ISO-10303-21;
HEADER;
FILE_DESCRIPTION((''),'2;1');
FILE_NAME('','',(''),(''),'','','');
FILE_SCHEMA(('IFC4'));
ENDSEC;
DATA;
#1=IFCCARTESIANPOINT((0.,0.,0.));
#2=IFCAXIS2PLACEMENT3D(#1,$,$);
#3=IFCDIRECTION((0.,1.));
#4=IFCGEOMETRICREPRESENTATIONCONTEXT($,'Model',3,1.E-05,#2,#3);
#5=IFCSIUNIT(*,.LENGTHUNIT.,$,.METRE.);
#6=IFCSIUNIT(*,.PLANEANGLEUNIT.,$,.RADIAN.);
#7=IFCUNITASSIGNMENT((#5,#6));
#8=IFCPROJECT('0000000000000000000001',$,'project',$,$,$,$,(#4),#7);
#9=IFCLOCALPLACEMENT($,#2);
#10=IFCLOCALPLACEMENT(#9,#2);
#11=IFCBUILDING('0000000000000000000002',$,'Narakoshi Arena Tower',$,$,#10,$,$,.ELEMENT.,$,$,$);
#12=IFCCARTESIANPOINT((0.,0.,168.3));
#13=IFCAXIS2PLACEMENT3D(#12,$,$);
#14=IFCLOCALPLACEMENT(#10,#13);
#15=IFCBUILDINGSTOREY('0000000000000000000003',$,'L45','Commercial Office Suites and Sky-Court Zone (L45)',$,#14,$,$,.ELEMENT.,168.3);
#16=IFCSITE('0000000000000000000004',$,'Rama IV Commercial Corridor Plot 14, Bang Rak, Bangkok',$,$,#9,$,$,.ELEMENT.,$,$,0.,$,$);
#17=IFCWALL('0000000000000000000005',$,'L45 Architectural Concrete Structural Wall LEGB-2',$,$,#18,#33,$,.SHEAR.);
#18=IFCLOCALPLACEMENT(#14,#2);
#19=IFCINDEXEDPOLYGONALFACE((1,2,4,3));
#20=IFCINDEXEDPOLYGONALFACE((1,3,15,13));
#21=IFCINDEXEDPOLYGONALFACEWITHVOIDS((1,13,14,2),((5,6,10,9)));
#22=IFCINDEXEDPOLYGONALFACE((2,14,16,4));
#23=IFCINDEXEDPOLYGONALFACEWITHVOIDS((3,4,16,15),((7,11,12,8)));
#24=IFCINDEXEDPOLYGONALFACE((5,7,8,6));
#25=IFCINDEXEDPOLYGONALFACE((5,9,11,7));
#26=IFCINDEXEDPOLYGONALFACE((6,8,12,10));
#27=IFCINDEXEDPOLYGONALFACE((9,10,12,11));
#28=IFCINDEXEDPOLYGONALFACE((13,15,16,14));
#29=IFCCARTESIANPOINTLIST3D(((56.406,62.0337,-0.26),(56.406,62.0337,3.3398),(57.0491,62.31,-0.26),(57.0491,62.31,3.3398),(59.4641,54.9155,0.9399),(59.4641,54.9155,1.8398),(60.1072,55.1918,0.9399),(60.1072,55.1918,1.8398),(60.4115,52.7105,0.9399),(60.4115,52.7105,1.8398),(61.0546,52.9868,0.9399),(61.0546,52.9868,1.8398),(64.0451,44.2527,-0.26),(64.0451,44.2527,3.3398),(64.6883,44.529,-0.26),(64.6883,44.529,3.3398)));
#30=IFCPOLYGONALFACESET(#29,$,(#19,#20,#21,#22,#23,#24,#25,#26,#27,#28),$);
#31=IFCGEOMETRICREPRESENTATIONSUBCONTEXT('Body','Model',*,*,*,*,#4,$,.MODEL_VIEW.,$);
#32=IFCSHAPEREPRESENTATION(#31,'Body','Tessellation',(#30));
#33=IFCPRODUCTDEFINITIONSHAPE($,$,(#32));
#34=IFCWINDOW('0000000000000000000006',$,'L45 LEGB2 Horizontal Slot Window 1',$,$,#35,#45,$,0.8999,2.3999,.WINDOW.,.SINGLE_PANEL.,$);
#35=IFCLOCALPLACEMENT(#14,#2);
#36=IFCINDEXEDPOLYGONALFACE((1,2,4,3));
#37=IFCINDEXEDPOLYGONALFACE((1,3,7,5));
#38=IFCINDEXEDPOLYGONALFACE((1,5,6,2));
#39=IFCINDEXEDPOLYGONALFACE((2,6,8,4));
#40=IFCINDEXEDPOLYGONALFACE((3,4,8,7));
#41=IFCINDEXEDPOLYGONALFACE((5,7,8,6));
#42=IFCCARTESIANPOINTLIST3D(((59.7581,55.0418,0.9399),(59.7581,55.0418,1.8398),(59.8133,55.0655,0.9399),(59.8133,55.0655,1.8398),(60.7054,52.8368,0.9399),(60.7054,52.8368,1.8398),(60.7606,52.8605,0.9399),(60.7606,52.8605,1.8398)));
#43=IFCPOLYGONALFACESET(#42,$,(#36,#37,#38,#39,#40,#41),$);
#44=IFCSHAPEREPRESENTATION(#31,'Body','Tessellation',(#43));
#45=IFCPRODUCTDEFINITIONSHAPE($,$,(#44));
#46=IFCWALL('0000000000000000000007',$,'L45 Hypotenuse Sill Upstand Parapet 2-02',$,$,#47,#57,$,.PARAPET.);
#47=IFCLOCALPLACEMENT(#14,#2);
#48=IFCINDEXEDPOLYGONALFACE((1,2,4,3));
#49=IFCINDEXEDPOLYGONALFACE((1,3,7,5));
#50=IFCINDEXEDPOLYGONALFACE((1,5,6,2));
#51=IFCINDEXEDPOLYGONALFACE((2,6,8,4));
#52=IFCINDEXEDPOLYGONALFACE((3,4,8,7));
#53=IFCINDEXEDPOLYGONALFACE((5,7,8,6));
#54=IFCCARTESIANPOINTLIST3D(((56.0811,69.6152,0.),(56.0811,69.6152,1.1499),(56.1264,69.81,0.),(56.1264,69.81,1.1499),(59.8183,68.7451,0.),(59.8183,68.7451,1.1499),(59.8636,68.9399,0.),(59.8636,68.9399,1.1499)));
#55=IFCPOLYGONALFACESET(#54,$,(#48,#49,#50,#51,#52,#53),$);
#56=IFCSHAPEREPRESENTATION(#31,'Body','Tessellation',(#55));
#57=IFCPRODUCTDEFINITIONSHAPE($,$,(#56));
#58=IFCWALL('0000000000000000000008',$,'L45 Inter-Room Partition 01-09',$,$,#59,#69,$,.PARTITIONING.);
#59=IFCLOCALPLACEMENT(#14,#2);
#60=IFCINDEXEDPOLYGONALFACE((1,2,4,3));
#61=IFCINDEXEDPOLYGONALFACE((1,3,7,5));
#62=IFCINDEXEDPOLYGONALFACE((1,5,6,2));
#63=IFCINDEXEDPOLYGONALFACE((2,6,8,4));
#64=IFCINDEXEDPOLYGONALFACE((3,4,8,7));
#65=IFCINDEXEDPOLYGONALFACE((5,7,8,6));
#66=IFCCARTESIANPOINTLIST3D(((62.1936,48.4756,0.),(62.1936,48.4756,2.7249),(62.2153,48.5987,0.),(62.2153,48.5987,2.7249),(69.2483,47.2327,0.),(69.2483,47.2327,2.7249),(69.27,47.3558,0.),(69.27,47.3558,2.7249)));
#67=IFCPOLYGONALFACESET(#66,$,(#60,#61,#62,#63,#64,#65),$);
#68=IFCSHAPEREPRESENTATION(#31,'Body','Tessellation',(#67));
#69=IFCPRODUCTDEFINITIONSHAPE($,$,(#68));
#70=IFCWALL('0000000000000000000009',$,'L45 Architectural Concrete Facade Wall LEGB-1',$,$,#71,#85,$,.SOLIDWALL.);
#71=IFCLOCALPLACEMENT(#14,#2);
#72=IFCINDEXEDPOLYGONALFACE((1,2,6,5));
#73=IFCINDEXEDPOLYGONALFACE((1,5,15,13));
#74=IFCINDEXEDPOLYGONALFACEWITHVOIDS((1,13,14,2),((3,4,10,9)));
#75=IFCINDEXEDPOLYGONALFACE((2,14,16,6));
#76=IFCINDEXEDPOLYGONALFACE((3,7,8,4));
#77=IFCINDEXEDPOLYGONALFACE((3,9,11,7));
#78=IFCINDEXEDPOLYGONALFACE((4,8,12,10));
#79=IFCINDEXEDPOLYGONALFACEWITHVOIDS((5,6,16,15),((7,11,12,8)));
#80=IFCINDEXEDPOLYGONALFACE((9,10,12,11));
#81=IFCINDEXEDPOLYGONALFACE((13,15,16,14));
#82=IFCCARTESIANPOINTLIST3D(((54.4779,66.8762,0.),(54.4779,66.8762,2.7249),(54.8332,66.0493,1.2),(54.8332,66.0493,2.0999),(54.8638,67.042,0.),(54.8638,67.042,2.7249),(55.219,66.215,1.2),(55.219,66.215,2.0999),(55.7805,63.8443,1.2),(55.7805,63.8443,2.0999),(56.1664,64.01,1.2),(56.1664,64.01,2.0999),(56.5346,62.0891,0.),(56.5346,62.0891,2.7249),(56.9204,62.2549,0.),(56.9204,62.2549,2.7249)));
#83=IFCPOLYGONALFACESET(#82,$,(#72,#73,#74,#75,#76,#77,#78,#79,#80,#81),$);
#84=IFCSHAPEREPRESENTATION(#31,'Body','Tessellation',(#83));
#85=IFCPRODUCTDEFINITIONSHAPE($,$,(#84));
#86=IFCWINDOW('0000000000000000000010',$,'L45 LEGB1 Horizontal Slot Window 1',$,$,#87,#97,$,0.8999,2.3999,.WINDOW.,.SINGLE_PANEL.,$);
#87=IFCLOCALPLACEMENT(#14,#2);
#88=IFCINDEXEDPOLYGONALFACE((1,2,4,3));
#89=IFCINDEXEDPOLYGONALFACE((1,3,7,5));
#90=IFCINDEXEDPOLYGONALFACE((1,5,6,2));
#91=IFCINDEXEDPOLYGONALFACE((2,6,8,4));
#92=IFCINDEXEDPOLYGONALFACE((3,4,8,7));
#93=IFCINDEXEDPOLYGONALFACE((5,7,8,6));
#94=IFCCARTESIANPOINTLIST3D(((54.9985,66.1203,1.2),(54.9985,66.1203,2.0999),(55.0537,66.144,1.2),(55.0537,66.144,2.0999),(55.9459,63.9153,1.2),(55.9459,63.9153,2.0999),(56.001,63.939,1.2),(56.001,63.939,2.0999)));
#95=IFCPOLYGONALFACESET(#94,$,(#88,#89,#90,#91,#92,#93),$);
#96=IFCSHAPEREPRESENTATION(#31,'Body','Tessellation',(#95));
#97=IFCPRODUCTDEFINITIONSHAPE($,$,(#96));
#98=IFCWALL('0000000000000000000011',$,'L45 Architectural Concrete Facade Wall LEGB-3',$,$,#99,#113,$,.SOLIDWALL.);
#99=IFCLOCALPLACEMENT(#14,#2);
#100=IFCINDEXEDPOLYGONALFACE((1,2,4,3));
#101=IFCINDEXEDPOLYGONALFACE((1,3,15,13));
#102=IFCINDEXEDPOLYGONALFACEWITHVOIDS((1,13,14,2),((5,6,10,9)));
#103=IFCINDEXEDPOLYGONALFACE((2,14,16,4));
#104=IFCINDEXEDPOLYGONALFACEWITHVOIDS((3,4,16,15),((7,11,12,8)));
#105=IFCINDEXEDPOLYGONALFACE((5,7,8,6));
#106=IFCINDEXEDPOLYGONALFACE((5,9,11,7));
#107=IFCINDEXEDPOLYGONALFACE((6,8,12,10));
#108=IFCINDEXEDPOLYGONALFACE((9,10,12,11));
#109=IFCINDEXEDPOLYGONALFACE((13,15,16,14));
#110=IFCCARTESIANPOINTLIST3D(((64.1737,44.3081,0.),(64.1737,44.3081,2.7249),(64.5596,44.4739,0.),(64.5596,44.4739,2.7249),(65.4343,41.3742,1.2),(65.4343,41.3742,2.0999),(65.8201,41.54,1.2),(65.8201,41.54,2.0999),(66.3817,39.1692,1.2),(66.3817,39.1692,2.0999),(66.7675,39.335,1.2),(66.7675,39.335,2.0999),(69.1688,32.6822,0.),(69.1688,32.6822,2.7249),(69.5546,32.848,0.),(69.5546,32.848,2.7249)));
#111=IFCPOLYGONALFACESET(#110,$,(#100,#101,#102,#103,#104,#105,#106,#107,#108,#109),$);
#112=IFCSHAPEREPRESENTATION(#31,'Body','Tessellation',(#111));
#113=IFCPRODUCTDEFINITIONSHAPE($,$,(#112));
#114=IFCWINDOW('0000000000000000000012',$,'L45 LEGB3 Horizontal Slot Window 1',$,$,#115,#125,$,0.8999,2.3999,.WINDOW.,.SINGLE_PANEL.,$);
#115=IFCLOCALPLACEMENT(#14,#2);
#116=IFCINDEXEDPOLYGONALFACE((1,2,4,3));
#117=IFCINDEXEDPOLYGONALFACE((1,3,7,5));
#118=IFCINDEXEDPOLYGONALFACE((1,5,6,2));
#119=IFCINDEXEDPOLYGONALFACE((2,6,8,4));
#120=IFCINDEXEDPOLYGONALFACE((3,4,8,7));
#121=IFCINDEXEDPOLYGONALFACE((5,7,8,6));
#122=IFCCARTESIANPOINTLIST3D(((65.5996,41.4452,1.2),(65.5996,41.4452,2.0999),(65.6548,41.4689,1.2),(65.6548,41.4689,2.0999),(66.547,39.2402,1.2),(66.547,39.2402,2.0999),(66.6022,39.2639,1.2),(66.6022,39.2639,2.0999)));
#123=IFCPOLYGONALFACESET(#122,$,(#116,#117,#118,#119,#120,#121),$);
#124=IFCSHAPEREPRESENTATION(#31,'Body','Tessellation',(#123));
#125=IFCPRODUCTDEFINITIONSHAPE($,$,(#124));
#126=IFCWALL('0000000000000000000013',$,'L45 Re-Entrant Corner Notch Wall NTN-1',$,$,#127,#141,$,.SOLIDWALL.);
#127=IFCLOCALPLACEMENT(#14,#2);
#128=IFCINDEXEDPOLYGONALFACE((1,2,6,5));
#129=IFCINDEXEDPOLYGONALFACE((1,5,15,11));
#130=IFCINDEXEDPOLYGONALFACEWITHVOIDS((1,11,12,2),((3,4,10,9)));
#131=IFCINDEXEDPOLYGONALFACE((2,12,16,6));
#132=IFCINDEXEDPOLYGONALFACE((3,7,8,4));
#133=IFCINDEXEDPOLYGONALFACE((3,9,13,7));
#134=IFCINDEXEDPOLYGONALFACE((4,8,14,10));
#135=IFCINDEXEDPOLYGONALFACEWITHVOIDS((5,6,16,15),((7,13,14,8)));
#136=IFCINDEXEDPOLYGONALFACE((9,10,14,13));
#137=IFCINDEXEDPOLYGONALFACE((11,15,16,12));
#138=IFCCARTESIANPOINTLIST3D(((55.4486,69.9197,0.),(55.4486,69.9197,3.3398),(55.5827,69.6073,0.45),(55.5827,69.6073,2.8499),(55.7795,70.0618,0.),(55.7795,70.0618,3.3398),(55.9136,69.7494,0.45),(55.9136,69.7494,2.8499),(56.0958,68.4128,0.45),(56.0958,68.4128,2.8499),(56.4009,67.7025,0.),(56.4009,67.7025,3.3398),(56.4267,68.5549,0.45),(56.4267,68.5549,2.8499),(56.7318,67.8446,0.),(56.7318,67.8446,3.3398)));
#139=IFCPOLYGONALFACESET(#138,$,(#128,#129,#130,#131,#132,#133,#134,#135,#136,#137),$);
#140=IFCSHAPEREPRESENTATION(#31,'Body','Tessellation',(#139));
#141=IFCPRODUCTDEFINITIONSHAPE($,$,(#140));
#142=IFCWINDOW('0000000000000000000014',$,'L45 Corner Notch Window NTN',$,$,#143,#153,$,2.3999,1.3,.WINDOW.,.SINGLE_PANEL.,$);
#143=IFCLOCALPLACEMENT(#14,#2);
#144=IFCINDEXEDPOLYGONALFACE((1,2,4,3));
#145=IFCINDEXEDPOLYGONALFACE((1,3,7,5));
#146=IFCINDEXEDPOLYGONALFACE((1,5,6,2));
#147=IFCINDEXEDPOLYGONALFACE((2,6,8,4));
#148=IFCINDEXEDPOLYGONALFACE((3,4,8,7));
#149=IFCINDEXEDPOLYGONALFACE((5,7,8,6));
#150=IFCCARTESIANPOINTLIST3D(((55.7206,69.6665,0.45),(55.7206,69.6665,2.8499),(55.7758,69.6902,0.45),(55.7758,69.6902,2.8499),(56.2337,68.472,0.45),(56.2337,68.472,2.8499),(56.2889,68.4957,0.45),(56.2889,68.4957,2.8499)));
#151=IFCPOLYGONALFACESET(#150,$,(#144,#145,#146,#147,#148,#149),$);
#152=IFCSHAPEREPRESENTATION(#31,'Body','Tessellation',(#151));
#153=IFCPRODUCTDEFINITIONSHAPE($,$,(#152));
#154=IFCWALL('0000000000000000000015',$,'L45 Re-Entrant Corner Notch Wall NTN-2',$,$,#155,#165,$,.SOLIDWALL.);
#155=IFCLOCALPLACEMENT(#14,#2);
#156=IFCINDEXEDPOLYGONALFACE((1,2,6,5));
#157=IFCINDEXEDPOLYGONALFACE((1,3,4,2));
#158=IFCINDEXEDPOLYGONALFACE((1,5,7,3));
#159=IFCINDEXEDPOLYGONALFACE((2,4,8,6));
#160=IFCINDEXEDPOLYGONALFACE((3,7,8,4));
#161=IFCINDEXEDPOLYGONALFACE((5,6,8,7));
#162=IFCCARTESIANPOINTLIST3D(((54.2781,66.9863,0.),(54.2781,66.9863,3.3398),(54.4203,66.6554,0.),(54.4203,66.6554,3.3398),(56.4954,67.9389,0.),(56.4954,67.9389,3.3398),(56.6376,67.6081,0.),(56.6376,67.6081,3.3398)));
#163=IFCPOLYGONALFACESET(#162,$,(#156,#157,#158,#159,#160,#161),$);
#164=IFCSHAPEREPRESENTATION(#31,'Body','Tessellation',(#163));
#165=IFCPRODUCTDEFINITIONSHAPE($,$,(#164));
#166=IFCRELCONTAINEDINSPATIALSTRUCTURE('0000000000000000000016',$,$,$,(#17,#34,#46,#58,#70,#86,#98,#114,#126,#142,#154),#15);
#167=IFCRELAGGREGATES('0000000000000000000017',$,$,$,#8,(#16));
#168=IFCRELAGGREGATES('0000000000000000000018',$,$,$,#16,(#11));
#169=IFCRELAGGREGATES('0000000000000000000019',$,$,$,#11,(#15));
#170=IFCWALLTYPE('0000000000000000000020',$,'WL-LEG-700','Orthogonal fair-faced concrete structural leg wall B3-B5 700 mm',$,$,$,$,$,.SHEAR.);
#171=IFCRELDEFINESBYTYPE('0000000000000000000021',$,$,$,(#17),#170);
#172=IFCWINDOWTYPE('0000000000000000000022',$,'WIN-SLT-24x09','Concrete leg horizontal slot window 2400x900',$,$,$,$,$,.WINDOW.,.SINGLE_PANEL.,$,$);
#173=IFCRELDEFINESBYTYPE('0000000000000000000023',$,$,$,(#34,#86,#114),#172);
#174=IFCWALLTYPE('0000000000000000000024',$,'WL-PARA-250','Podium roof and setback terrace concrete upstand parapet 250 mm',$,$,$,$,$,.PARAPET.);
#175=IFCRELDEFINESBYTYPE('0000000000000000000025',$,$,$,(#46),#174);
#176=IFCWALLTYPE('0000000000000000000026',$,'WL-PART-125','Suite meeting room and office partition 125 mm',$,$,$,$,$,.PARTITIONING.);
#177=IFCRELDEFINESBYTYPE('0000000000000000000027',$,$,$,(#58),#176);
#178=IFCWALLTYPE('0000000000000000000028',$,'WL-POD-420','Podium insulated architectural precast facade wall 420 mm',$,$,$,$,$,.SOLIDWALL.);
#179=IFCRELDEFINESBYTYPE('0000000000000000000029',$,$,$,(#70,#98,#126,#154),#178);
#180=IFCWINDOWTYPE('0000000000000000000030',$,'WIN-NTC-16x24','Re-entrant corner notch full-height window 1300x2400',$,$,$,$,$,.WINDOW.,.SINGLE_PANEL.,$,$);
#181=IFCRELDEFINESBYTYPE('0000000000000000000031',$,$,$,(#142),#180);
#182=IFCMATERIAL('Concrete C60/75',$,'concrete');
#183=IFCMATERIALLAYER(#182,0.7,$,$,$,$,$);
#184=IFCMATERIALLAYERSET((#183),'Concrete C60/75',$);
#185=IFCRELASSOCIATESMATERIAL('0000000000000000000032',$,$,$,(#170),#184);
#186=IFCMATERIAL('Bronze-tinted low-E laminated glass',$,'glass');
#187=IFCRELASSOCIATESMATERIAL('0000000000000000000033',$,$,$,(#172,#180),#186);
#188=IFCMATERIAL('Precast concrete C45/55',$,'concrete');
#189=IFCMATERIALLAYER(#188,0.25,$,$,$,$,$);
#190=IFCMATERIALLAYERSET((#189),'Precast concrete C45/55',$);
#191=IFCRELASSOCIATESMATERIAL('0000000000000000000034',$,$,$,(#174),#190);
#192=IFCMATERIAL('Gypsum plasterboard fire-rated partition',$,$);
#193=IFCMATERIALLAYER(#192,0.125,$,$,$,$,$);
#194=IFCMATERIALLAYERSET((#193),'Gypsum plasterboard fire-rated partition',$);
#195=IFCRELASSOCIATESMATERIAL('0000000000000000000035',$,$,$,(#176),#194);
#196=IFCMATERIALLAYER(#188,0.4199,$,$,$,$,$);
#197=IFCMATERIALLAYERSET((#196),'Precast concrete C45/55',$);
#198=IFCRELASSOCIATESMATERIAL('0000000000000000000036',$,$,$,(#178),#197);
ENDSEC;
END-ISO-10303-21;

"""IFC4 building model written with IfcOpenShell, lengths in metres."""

from ifc_helpers import new_model, si_unit, direction, frame, frame_2d, origin, place, context, subcontext, project, spatial, rectangle, extrude, material, layer, layer_set, type_object, element, fill, save


model = new_model("IFC4")

# Units and contexts
model_context = context("Model", 3, precision=1e-05, world=origin(), true_north=direction((0.0, 1.0)))
body_context = subcontext(model_context, "Body", "Model", "MODEL_VIEW")
ifc_project = project(units=[si_unit("LENGTHUNIT", "METRE"), si_unit("PLANEANGLEUNIT", "RADIAN")], contexts=[model_context])

# Site, building, storey
site_placement = place(None, origin())
site = spatial("IfcSite", under=ifc_project, at=site_placement, Name="Rama IV Commercial Corridor Plot 14, Bang Rak, Bangkok", CompositionType="ELEMENT", RefElevation=0.0)
building_placement = place(site_placement, origin())
building = spatial("IfcBuilding", under=site, at=building_placement, Name="Narakoshi Arena Tower", CompositionType="ELEMENT")
storey_placement = place(building_placement, frame((0.0, 0.0, 168.3)))
storey = spatial("IfcBuildingStorey", under=building, at=storey_placement, Name="L45", Description="Commercial Office Suites and Sky-Court Zone (L45)", CompositionType="ELEMENT", Elevation=168.3)

# Shared definitions
ifc_material_1 = material(Name="Bronze-tinted low-E laminated glass", Category="glass")

# Wall, opening, window
ifc_material_2 = material(Name="Concrete C60/75", Category="concrete")
ifc_layer_1 = layer(ifc_material_2, 0.7)
ifc_layer_set_1 = layer_set([ifc_layer_1], Name="Concrete C60/75")
wall_type_1 = type_object("IfcWallType", Name="WL-LEG-700", Description="Orthogonal fair-faced concrete structural leg wall B3-B5 700 mm", PredefinedType="SHEAR", material=ifc_layer_set_1)
wall_1_placement = place(storey_placement, frame((56.7275, 62.1719, -0.26), z_axis=(0.0, 0.0, 1.0), x_axis=(0.394737, -0.918794, 0.0)))
wall_1 = element("IfcWall", 1, at=wall_1_placement, inside=storey, type_object=wall_type_1, Name="L45 Architectural Concrete Structural Wall LEGB-2", PredefinedType="SHEAR", context=body_context, shape_type="SweptSolid", body=[
    extrude(rectangle(XDim=19.3525, YDim=0.7, at=frame_2d((9.6763, 0.0))), origin(), (0.0, 0.0, 1.0), 3.5999),
])
opening_1_placement = place(wall_1_placement, frame((7.7473, 0.0, 1.2)))
opening_1 = element("IfcOpeningElement", 2, at=opening_1_placement, cuts=wall_1, PredefinedType="OPENING", context=body_context, shape_type="SweptSolid", body=[
    extrude(rectangle(XDim=2.3999, YDim=0.8999, at=frame_2d((1.2, 0.45))), frame((0.0, 0.3599, 0.0), z_axis=(0.0, -1.0, 0.0), x_axis=(1.0, 0.0, 0.0)), (0.0, 0.0, 1.0), 0.72),
])
window_type_1 = type_object("IfcWindowType", Name="WIN-SLT-24x09", Description="Concrete leg horizontal slot window 2400x900", PartitioningType="SINGLE_PANEL", PredefinedType="WINDOW", material=ifc_material_1)
window_1_placement = place(opening_1_placement, origin())
window_1 = element("IfcWindow", 3, at=window_1_placement, inside=storey, type_object=window_type_1, Name="L45 LEGB2 Horizontal Slot Window 1", OverallHeight=0.8999, OverallWidth=2.3999, PartitioningType="SINGLE_PANEL", PredefinedType="WINDOW", context=body_context, shape_type="SweptSolid", body=[
    extrude(rectangle(XDim=2.3999, YDim=0.8999, at=frame_2d((1.2, 0.45))), frame((0.0, 0.03, 0.0), z_axis=(0.0, -1.0, 0.0), x_axis=(1.0, 0.0, 0.0)), (0.0, 0.0, 1.0), 0.0601),
])
fill(opening_1, window_1)

# Walls
ifc_material_3 = material(Name="Precast concrete C45/55", Category="concrete")
ifc_layer_2 = layer(ifc_material_3, 0.25)
ifc_layer_set_2 = layer_set([ifc_layer_2], Name="Precast concrete C45/55")
wall_type_2 = type_object("IfcWallType", Name="WL-PARA-250", Description="Podium roof and setback terrace concrete upstand parapet 250 mm", PredefinedType="PARAPET", material=ifc_layer_set_2)
wall_2_placement = place(storey_placement, frame((59.8408, 68.8425, 0.0), z_axis=(0.0, 0.0, 1.0), x_axis=(-0.973952, 0.226755, 0.0)))
element("IfcWall", 4, at=wall_2_placement, inside=storey, type_object=wall_type_2, Name="L45 Hypotenuse Sill Upstand Parapet 2-02", PredefinedType="PARAPET", context=body_context, shape_type="SweptSolid", body=[
    extrude(rectangle(XDim=3.8372, YDim=0.2, at=frame_2d((1.9185, 0.0))), origin(), (0.0, 0.0, 1.0), 1.1499),
])
ifc_material_4 = material(Name="Gypsum plasterboard fire-rated partition")
ifc_layer_3 = layer(ifc_material_4, 0.125)
ifc_layer_set_3 = layer_set([ifc_layer_3], Name="Gypsum plasterboard fire-rated partition")
wall_type_3 = type_object("IfcWallType", Name="WL-PART-125", Description="Suite meeting room and office partition 125 mm", PredefinedType="PARTITIONING", material=ifc_layer_set_3)
wall_3_placement = place(storey_placement, frame((62.2046, 48.5371, 0.0), z_axis=(0.0, 0.0, 1.0), x_axis=(0.984832, -0.173511, 0.0)))
element("IfcWall", 5, at=wall_3_placement, inside=storey, type_object=wall_type_3, Name="L45 Inter-Room Partition 01-09", PredefinedType="PARTITIONING", context=body_context, shape_type="SweptSolid", body=[
    extrude(rectangle(XDim=7.1633, YDim=0.125, at=frame_2d((3.5815, 0.0))), origin(), (0.0, 0.0, 1.0), 2.7249),
])

# Walls, openings, windows
ifc_layer_4 = layer(ifc_material_3, 0.4199)
ifc_layer_set_4 = layer_set([ifc_layer_4], Name="Precast concrete C45/55")
wall_type_4 = type_object("IfcWallType", Name="WL-POD-420", Description="Podium insulated architectural precast facade wall 420 mm", PredefinedType="SOLIDWALL", material=ifc_layer_set_4)
wall_4_placement = place(storey_placement, frame((54.6709, 66.959, 0.0), z_axis=(0.0, 0.0, 1.0), x_axis=(0.394734, -0.918796, 0.0)))
wall_4 = element("IfcWall", 6, at=wall_4_placement, inside=storey, type_object=wall_type_4, Name="L45 Architectural Concrete Facade Wall LEGB-1", PredefinedType="SOLIDWALL", context=body_context, shape_type="SweptSolid", body=[
    extrude(rectangle(XDim=5.2102, YDim=0.4199, at=frame_2d((2.605, 0.0))), origin(), (0.0, 0.0, 1.0), 2.7249),
])
opening_2_placement = place(wall_4_placement, frame((0.8999, 0.0, 1.2)))
opening_2 = element("IfcOpeningElement", 7, at=opening_2_placement, cuts=wall_4, PredefinedType="OPENING", context=body_context, shape_type="SweptSolid", body=[
    extrude(rectangle(XDim=2.3999, YDim=0.8999, at=frame_2d((1.2, 0.45))), frame((0.0, 0.22, 0.0), z_axis=(0.0, -1.0, 0.0), x_axis=(1.0, 0.0, 0.0)), (0.0, 0.0, 1.0), 0.4399),
])
window_2_placement = place(opening_2_placement, origin())
window_2 = element("IfcWindow", 8, at=window_2_placement, inside=storey, type_object=window_type_1, Name="L45 LEGB1 Horizontal Slot Window 1", OverallHeight=0.8999, OverallWidth=2.3999, PartitioningType="SINGLE_PANEL", PredefinedType="WINDOW", context=body_context, shape_type="SweptSolid", body=[
    extrude(rectangle(XDim=2.3999, YDim=0.8999, at=frame_2d((1.2, 0.45))), frame((0.0, 0.03, 0.0), z_axis=(0.0, -1.0, 0.0), x_axis=(1.0, 0.0, 0.0)), (0.0, 0.0, 1.0), 0.0601),
])
fill(opening_2, window_2)
wall_5_placement = place(storey_placement, frame((64.3667, 44.3909, 0.0), z_axis=(0.0, 0.0, 1.0), x_axis=(0.394757, -0.918785, 0.0)))
wall_5 = element("IfcWall", 9, at=wall_5_placement, inside=storey, type_object=wall_type_4, Name="L45 Architectural Concrete Facade Wall LEGB-3", PredefinedType="SOLIDWALL", context=body_context, shape_type="SweptSolid", body=[
    extrude(rectangle(XDim=12.6536, YDim=0.4199, at=frame_2d((6.3267, 0.0))), origin(), (0.0, 0.0, 1.0), 2.7249),
])
opening_3_placement = place(wall_5_placement, frame((3.1931, 0.0, 1.2)))
opening_3 = element("IfcOpeningElement", 10, at=opening_3_placement, cuts=wall_5, PredefinedType="OPENING", context=body_context, shape_type="SweptSolid", body=[
    extrude(rectangle(XDim=2.3999, YDim=0.8999, at=frame_2d((1.2, 0.45))), frame((0.0, 0.22, 0.0), z_axis=(0.0, -1.0, 0.0), x_axis=(1.0, 0.0, 0.0)), (0.0, 0.0, 1.0), 0.4399),
])
window_3_placement = place(opening_3_placement, origin())
window_3 = element("IfcWindow", 11, at=window_3_placement, inside=storey, type_object=window_type_1, Name="L45 LEGB3 Horizontal Slot Window 1", OverallHeight=0.8999, OverallWidth=2.3999, PartitioningType="SINGLE_PANEL", PredefinedType="WINDOW", context=body_context, shape_type="SweptSolid", body=[
    extrude(rectangle(XDim=2.3999, YDim=0.8999, at=frame_2d((1.2, 0.45))), frame((0.0, 0.03, 0.0), z_axis=(0.0, -1.0, 0.0), x_axis=(1.0, 0.0, 0.0)), (0.0, 0.0, 1.0), 0.0601),
])
fill(opening_3, window_3)
wall_6_placement = place(storey_placement, frame((55.614, 69.9907, 0.0), z_axis=(0.0, 0.0, 1.0), x_axis=(0.394664, -0.918826, 0.0)))
wall_6 = element("IfcWall", 12, at=wall_6_placement, inside=storey, type_object=wall_type_4, Name="L45 Re-Entrant Corner Notch Wall NTN-1", PredefinedType="SOLIDWALL", context=body_context, shape_type="SweptSolid", body=[
    extrude(rectangle(XDim=2.4131, YDim=0.3601, at=frame_2d((1.2065, 0.0))), origin(), (0.0, 0.0, 1.0), 3.3398),
])
opening_4_placement = place(wall_6_placement, frame((0.3401, 0.0, 0.45)))
opening_4 = element("IfcOpeningElement", 13, at=opening_4_placement, cuts=wall_6, PredefinedType="OPENING", context=body_context, shape_type="SweptSolid", body=[
    extrude(rectangle(XDim=1.3, YDim=2.3999, at=frame_2d((0.6499, 1.2))), frame((0.0, 0.1899, 0.0), z_axis=(0.0, -1.0, 0.0), x_axis=(1.0, 0.0, 0.0)), (0.0, 0.0, 1.0), 0.3801),
])
window_type_2 = type_object("IfcWindowType", Name="WIN-NTC-16x24", Description="Re-entrant corner notch full-height window 1300x2400", PartitioningType="SINGLE_PANEL", PredefinedType="WINDOW", material=ifc_material_1)
window_4_placement = place(opening_4_placement, origin())
window_4 = element("IfcWindow", 14, at=window_4_placement, inside=storey, type_object=window_type_2, Name="L45 Corner Notch Window NTN", OverallHeight=2.3999, OverallWidth=1.3, PartitioningType="SINGLE_PANEL", PredefinedType="WINDOW", context=body_context, shape_type="SweptSolid", body=[
    extrude(rectangle(XDim=1.3, YDim=2.3999, at=frame_2d((0.6499, 1.2))), frame((0.0, 0.03, 0.0), z_axis=(0.0, -1.0, 0.0), x_axis=(1.0, 0.0, 0.0)), (0.0, 0.0, 1.0), 0.0601),
])
fill(opening_4, window_4)

# Wall
wall_7_placement = place(storey_placement, frame((56.5664, 67.7734, 0.0), z_axis=(0.0, 0.0, 1.0), x_axis=(-0.918789, -0.394749, 0.0)))
element("IfcWall", 15, at=wall_7_placement, inside=storey, type_object=wall_type_4, Name="L45 Re-Entrant Corner Notch Wall NTN-2", PredefinedType="SOLIDWALL", context=body_context, shape_type="SweptSolid", body=[
    extrude(rectangle(XDim=2.4133, YDim=0.3601, at=frame_2d((1.2065, 0.0))), origin(), (0.0, 0.0, 1.0), 3.3398),
])

save(model, "model.ifc")
